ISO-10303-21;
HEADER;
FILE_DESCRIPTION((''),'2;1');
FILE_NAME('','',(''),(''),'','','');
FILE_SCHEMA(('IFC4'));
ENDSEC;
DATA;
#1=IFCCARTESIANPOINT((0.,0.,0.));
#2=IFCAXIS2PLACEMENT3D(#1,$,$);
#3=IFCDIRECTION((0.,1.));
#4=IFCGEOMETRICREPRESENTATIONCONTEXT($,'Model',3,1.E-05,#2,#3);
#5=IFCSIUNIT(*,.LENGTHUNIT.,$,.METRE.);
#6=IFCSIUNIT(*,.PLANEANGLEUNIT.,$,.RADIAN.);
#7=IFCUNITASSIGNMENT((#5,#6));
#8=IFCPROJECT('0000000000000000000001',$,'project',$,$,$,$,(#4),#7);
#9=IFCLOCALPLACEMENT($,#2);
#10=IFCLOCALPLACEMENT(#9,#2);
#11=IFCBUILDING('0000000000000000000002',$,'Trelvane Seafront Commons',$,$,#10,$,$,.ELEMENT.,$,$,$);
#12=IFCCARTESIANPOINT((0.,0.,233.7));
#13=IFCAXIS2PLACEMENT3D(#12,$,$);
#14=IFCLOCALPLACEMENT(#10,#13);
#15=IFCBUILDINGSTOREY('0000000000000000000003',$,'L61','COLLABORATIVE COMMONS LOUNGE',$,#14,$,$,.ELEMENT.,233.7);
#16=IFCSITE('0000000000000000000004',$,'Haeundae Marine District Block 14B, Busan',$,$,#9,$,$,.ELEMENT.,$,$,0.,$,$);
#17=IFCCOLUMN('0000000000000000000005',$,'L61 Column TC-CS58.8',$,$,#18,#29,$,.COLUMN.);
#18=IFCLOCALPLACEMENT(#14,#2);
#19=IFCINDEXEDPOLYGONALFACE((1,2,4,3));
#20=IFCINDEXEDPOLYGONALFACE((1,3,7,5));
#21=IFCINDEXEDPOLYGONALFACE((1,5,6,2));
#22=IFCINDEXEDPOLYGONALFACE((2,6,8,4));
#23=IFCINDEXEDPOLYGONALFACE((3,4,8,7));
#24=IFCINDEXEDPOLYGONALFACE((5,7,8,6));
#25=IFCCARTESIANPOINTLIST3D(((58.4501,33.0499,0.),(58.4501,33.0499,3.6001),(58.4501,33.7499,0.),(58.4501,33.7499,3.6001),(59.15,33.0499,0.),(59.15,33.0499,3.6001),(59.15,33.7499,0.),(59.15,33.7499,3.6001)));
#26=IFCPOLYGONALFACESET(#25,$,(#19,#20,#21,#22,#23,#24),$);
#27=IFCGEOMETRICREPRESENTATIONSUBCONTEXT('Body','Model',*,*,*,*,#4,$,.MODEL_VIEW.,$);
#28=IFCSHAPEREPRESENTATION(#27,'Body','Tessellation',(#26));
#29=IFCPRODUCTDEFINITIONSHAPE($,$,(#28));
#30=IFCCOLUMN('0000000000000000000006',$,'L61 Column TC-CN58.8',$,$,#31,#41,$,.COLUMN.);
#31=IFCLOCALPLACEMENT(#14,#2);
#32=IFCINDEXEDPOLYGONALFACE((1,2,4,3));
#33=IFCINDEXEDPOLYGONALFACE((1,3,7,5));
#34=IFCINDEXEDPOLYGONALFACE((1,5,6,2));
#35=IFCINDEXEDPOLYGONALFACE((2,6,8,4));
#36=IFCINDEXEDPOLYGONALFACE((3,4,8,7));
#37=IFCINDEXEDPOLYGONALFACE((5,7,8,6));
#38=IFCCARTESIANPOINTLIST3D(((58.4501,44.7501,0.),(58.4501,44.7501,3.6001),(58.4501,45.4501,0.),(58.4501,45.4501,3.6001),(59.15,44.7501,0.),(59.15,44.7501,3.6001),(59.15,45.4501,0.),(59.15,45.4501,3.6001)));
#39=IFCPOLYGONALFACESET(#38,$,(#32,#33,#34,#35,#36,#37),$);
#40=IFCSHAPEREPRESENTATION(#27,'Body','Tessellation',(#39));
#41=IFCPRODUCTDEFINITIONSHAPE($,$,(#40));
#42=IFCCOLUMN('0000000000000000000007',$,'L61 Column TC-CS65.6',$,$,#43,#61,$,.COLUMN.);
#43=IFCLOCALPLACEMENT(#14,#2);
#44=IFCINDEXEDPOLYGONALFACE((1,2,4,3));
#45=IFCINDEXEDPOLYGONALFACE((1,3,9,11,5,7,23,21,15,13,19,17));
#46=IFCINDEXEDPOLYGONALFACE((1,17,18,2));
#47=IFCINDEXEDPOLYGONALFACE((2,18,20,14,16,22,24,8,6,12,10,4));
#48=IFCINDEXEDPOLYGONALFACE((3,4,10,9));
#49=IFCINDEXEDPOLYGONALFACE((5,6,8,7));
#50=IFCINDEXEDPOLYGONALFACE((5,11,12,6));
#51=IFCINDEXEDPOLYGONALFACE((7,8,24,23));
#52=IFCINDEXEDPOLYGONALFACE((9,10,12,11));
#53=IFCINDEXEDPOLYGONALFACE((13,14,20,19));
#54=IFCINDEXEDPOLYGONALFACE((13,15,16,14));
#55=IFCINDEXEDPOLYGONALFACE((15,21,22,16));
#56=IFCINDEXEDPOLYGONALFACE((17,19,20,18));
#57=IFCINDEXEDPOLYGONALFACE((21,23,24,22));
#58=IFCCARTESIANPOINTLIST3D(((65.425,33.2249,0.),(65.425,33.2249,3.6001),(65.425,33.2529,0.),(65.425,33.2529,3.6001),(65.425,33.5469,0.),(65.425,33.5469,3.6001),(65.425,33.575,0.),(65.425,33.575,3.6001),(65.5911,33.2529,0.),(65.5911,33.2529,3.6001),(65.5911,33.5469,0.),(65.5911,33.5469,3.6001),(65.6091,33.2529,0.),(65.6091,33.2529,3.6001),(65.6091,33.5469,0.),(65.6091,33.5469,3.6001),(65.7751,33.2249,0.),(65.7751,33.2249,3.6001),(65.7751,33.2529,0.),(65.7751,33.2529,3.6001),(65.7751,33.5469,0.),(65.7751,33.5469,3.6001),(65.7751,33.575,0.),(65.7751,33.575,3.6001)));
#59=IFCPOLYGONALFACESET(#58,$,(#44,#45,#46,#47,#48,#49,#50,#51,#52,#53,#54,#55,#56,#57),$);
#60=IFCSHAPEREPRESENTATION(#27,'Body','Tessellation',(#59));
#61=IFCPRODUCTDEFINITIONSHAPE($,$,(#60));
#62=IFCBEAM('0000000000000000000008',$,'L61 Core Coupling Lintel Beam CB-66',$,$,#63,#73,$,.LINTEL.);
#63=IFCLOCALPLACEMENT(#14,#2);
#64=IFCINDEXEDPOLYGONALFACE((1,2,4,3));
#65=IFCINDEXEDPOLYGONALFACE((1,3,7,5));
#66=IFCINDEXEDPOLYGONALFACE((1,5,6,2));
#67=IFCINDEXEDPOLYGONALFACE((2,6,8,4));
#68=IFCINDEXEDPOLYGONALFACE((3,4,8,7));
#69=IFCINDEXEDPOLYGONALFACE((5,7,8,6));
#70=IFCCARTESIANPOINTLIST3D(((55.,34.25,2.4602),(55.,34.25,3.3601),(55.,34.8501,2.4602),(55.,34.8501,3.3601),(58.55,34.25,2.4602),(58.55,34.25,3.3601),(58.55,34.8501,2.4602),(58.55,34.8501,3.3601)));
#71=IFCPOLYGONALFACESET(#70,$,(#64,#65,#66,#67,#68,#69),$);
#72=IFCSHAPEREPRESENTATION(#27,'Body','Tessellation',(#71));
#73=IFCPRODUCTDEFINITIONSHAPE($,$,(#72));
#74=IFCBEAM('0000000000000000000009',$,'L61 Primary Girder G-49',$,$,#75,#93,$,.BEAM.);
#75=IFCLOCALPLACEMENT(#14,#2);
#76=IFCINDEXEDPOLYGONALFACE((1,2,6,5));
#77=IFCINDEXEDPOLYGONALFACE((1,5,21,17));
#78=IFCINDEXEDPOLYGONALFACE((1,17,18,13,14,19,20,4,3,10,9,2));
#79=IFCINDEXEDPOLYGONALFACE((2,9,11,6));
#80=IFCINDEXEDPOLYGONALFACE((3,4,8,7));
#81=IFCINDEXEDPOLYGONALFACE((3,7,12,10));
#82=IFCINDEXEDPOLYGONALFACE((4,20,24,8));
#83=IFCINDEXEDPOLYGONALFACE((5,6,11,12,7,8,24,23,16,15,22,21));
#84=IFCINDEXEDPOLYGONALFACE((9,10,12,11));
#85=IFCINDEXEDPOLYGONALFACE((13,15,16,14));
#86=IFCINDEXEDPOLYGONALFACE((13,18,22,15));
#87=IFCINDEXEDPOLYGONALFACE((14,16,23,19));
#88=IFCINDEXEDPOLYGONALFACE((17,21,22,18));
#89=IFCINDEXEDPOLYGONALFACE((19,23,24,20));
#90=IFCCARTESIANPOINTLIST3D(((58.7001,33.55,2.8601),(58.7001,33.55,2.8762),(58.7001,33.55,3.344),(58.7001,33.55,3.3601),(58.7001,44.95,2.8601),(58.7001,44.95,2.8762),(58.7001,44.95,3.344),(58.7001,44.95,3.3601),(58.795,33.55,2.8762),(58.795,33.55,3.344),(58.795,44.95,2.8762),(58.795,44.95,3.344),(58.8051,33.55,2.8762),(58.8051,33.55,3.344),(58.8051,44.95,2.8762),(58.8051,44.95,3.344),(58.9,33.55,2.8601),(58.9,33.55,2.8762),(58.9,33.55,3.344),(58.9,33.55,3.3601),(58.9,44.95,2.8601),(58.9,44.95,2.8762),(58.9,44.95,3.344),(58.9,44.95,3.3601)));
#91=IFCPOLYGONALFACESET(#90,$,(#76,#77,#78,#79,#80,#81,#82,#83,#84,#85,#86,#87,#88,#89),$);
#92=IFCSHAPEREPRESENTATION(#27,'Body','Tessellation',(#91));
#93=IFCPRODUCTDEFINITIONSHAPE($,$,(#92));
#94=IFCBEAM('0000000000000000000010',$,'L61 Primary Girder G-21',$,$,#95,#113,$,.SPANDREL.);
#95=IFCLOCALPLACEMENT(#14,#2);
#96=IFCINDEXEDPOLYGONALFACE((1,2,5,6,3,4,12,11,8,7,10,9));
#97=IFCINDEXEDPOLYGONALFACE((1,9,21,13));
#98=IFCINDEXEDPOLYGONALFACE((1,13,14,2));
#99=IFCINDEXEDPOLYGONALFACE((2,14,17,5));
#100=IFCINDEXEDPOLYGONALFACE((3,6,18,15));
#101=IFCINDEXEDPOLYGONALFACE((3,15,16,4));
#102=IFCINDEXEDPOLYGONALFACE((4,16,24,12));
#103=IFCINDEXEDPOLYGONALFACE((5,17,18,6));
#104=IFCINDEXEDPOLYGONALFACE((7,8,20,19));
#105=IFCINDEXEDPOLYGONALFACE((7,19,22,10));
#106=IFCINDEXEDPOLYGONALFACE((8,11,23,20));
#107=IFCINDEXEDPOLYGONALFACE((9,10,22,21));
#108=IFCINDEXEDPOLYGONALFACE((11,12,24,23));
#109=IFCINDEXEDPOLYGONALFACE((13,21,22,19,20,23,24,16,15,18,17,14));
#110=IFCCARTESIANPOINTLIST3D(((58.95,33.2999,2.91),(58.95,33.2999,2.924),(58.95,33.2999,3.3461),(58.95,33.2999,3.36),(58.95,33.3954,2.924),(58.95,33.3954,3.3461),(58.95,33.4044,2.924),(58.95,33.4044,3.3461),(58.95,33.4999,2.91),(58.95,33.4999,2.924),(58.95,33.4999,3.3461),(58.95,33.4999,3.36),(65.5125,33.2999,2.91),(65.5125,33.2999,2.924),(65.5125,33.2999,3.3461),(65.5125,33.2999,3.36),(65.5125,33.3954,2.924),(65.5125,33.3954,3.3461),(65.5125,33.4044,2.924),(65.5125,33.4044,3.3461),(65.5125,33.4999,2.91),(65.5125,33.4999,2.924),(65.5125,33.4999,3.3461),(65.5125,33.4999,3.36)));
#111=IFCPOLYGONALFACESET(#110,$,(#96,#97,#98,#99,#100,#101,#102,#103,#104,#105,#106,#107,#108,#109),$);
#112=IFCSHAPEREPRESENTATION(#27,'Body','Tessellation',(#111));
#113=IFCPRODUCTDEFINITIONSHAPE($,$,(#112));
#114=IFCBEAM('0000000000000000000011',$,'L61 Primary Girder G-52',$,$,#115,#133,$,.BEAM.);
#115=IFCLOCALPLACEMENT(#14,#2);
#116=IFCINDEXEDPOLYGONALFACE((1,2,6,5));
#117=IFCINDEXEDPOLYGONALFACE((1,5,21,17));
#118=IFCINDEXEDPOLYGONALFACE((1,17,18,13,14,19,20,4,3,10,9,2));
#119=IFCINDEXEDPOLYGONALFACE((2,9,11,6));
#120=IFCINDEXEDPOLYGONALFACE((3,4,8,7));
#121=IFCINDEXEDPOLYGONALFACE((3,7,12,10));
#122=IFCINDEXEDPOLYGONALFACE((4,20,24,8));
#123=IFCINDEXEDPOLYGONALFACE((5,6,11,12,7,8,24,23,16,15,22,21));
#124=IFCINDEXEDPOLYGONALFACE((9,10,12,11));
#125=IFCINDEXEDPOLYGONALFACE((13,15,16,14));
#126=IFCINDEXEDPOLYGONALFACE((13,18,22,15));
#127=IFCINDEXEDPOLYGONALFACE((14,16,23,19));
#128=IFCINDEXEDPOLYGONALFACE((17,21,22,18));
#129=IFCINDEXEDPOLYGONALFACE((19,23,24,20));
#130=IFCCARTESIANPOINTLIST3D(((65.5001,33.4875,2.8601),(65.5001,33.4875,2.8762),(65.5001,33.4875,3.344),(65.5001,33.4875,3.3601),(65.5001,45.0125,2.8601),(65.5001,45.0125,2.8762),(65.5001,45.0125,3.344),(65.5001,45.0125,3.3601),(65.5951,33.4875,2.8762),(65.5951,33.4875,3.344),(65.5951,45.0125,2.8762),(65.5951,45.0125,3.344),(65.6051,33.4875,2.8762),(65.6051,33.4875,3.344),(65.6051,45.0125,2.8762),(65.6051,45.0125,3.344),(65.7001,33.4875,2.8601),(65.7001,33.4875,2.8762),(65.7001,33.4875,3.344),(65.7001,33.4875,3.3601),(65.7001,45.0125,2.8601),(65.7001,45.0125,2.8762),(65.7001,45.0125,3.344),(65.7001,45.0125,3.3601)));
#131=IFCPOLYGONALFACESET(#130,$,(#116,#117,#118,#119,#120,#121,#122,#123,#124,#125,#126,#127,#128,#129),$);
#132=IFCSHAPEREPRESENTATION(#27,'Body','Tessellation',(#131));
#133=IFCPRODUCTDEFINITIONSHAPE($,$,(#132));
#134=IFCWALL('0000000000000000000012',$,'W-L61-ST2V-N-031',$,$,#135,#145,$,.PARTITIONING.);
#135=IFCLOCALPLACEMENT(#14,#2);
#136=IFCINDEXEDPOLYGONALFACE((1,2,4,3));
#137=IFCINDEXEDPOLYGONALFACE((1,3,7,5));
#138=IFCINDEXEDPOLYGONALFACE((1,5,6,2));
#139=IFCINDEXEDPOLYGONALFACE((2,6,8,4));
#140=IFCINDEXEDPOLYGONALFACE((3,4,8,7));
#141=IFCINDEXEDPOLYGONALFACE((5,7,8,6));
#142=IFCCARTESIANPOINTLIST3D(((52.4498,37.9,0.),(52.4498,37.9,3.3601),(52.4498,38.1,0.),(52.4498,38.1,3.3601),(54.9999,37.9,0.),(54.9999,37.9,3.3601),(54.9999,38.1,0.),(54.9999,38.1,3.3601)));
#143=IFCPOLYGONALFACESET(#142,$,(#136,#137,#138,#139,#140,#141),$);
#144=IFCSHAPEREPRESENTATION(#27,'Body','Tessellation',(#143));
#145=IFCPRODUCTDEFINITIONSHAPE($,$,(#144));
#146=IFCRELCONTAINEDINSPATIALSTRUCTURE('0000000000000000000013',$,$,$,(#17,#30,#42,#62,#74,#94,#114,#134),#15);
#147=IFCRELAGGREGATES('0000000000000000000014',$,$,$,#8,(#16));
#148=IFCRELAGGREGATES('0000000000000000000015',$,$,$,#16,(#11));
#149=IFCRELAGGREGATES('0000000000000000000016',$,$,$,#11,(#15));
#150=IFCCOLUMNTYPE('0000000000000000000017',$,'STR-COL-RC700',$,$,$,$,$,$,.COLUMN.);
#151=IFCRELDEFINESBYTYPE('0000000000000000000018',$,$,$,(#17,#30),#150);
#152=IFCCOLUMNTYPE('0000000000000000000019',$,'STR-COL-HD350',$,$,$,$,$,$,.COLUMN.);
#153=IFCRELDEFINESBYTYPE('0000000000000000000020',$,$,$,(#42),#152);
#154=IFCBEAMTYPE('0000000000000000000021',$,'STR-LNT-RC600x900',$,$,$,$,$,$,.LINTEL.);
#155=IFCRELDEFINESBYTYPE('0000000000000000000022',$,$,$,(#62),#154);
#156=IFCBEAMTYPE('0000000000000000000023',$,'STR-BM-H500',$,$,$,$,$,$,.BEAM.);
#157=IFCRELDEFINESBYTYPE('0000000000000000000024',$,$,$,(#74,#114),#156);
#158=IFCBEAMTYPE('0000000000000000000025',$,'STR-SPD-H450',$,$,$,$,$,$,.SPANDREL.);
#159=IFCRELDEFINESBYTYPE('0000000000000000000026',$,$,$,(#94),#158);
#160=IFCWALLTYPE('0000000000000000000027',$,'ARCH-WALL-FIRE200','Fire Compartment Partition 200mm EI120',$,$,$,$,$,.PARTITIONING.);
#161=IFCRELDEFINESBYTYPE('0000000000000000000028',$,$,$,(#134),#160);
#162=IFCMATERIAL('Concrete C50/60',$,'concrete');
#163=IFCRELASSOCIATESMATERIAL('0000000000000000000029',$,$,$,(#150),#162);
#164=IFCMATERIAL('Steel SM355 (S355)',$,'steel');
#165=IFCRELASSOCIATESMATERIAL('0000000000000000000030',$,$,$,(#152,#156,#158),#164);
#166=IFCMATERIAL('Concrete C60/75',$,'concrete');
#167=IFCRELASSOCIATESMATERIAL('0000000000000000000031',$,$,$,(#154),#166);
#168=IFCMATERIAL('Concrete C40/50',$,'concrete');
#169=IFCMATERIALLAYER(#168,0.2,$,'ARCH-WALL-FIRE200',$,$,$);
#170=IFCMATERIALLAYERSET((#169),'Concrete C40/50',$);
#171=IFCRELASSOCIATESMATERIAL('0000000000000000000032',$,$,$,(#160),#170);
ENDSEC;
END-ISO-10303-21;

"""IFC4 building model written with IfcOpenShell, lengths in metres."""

from ifc_helpers import new_model, si_unit, direction, frame, frame_2d, origin, origin_2d, place, context, subcontext, project, spatial, rectangle, i_section, extrude, source, transform, mapped, material, layer, layer_set, material_profile, profile_set, type_object, element, save


model = new_model("IFC4")

# Units and contexts
model_context = context("Model", 3, precision=1e-05, world=origin(), true_north=direction((0.0, 1.0)))
body_context = subcontext(model_context, "Body", "Model", "MODEL_VIEW")
ifc_project = project(units=[si_unit("LENGTHUNIT", "METRE"), si_unit("PLANEANGLEUNIT", "RADIAN")], contexts=[model_context])

# Site, building, storey
site_placement = place(None, origin())
site = spatial("IfcSite", under=ifc_project, at=site_placement, Name="Haeundae Marine District Block 14B, Busan", CompositionType="ELEMENT", RefElevation=0.0)
building_placement = place(site_placement, origin())
building = spatial("IfcBuilding", under=site, at=building_placement, Name="Trelvane Seafront Commons", CompositionType="ELEMENT")
storey_placement = place(building_placement, frame((0.0, 0.0, 233.7)))
storey = spatial("IfcBuildingStorey", under=building, at=storey_placement, Name="L61", Description="COLLABORATIVE COMMONS LOUNGE", CompositionType="ELEMENT", Elevation=233.7)

# Columns
ifc_material_1 = material(Name="Concrete C50/60", Category="concrete")
ifc_material_profile_1 = material_profile(ifc_material_1, rectangle(XDim=0.7, YDim=0.7, at=origin_2d()), Name="RC-700x700")
ifc_profile_set_1 = profile_set([ifc_material_profile_1], Name="Concrete C50/60")
column_type_1 = type_object("IfcColumnType", Name="STR-COL-RC700", PredefinedType="COLUMN", material=ifc_profile_set_1)
shared_shape_1 = source(origin(), body_context, "Body", "SweptSolid", [
    extrude(rectangle(XDim=0.7, YDim=0.7, at=origin_2d()), origin(), (0.0, 0.0, 1.0), 3.6001),
])
for number, where, z_axis, x_axis, name in (
    (1, (58.8, 33.3999, 0.0), (0.0, 0.0, 1.0), (1.0, 0.0, 0.0), "L61 Column TC-CS58.8"),
    (2, (58.8, 45.1001, 0.0), (0.0, 0.0, 1.0), (1.0, 0.0, 0.0), "L61 Column TC-CN58.8"),
):
    element("IfcColumn", number, at=place(storey_placement, frame(where, z_axis=z_axis, x_axis=x_axis)), inside=storey, type_object=column_type_1, Name=name, PredefinedType="COLUMN", context=body_context, shape_type="MappedRepresentation", body=[
        mapped(shared_shape_1, transform((0.0, 0.0, 0.0), x_axis=(1.0, 0.0, 0.0), y_axis=(0.0, 1.0, 0.0), z_axis=(0.0, 0.0, 1.0), scale=1.0)),
    ])
ifc_material_2 = material(Name="Steel SM355 (S355)", Category="steel")
ifc_material_profile_2 = material_profile(ifc_material_2, i_section(OverallWidth=0.3501, OverallDepth=0.3501, WebThickness=0.0181, FlangeThickness=0.0281, at=origin_2d()), Name="HD-350x350x18x28")
ifc_profile_set_2 = profile_set([ifc_material_profile_2], Name="Steel SM355 (S355)")
column_type_2 = type_object("IfcColumnType", Name="STR-COL-HD350", PredefinedType="COLUMN", material=ifc_profile_set_2)
shared_shape_2 = source(origin(), body_context, "Body", "SweptSolid", [
    extrude(i_section(OverallWidth=0.3501, OverallDepth=0.3501, WebThickness=0.0181, FlangeThickness=0.0281, at=origin_2d()), origin(), (0.0, 0.0, 1.0), 3.6001),
])
column_placement = place(storey_placement, frame((65.6001, 33.3999, 0.0), z_axis=(0.0, 0.0, 1.0), x_axis=(1.0, 0.0, 0.0)))
element("IfcColumn", 3, at=column_placement, inside=storey, type_object=column_type_2, Name="L61 Column TC-CS65.6", PredefinedType="COLUMN", context=body_context, shape_type="MappedRepresentation", body=[
    mapped(shared_shape_2, transform((0.0, 0.0, 0.0), x_axis=(1.0, 0.0, 0.0), y_axis=(0.0, 1.0, 0.0), z_axis=(0.0, 0.0, 1.0), scale=1.0)),
])

# Beams
ifc_material_3 = material(Name="Concrete C60/75", Category="concrete")
ifc_material_profile_3 = material_profile(ifc_material_3, rectangle(XDim=0.6001, YDim=0.8999, at=origin_2d()), Name="RC-600x900")
ifc_profile_set_3 = profile_set([ifc_material_profile_3], Name="Concrete C60/75")
beam_type_1 = type_object("IfcBeamType", Name="STR-LNT-RC600x900", PredefinedType="LINTEL", material=ifc_profile_set_3)
shared_shape_3 = source(origin(), body_context, "Body", "SweptSolid", [
    extrude(rectangle(XDim=0.6001, YDim=0.8999, at=origin_2d()), origin(), (0.0, 0.0, 1.0), 3.55),
])
beam_1_placement = place(storey_placement, frame((55.0, 34.55, 2.9102), z_axis=(1.0, 0.0, 0.0), x_axis=(0.0, 1.0, 0.0)))
element("IfcBeam", 4, at=beam_1_placement, inside=storey, type_object=beam_type_1, Name="L61 Core Coupling Lintel Beam CB-66", PredefinedType="LINTEL", context=body_context, shape_type="MappedRepresentation", body=[
    mapped(shared_shape_3, transform((0.0, 0.0, 0.0), x_axis=(1.0, 0.0, 0.0), y_axis=(0.0, 1.0, 0.0), z_axis=(0.0, 0.0, 1.0), scale=1.0)),
])
ifc_material_profile_4 = material_profile(ifc_material_2, i_section(OverallWidth=0.2, OverallDepth=0.5, WebThickness=0.01, FlangeThickness=0.0161, at=origin_2d()), Name="H-500x200x10x16")
ifc_profile_set_4 = profile_set([ifc_material_profile_4], Name="Steel SM355 (S355)")
beam_type_2 = type_object("IfcBeamType", Name="STR-BM-H500", PredefinedType="BEAM", material=ifc_profile_set_4)
shared_shape_4 = source(origin(), body_context, "Body", "SweptSolid", [
    extrude(i_section(OverallWidth=0.2, OverallDepth=0.5, WebThickness=0.01, FlangeThickness=0.0161, at=origin_2d()), origin(), (0.0, 0.0, 1.0), 11.3999),
])
beam_2_placement = place(storey_placement, frame((58.8, 33.55, 3.1101), z_axis=(0.0, 1.0, 0.0), x_axis=(-1.0, 0.0, 0.0)))
element("IfcBeam", 5, at=beam_2_placement, inside=storey, type_object=beam_type_2, Name="L61 Primary Girder G-49", PredefinedType="BEAM", context=body_context, shape_type="MappedRepresentation", body=[
    mapped(shared_shape_4, transform((0.0, 0.0, 0.0), x_axis=(1.0, 0.0, 0.0), y_axis=(0.0, 1.0, 0.0), z_axis=(0.0, 0.0, 1.0), scale=1.0)),
])
ifc_material_profile_5 = material_profile(ifc_material_2, i_section(OverallWidth=0.2, OverallDepth=0.45, WebThickness=0.009, FlangeThickness=0.0139, at=origin_2d()), Name="H-450x200x9x14")
ifc_profile_set_5 = profile_set([ifc_material_profile_5], Name="Steel SM355 (S355)")
beam_type_3 = type_object("IfcBeamType", Name="STR-SPD-H450", PredefinedType="SPANDREL", material=ifc_profile_set_5)
shared_shape_5 = source(origin(), body_context, "Body", "SweptSolid", [
    extrude(i_section(OverallWidth=0.2, OverallDepth=0.45, WebThickness=0.009, FlangeThickness=0.0139, at=origin_2d()), origin(), (0.0, 0.0, 1.0), 6.5625),
])
beam_3_placement = place(storey_placement, frame((58.95, 33.3999, 3.135), z_axis=(1.0, 0.0, 0.0), x_axis=(0.0, 1.0, 0.0)))
element("IfcBeam", 6, at=beam_3_placement, inside=storey, type_object=beam_type_3, Name="L61 Primary Girder G-21", PredefinedType="SPANDREL", context=body_context, shape_type="MappedRepresentation", body=[
    mapped(shared_shape_5, transform((0.0, 0.0, 0.0), x_axis=(1.0, 0.0, 0.0), y_axis=(0.0, 1.0, 0.0), z_axis=(0.0, 0.0, 1.0), scale=1.0)),
])
shared_shape_6 = source(origin(), body_context, "Body", "SweptSolid", [
    extrude(i_section(OverallWidth=0.2, OverallDepth=0.5, WebThickness=0.01, FlangeThickness=0.0161, at=origin_2d()), origin(), (0.0, 0.0, 1.0), 11.5249),
])
beam_4_placement = place(storey_placement, frame((65.6001, 33.4875, 3.1101), z_axis=(0.0, 1.0, 0.0), x_axis=(-1.0, 0.0, 0.0)))
element("IfcBeam", 7, at=beam_4_placement, inside=storey, type_object=beam_type_2, Name="L61 Primary Girder G-52", PredefinedType="BEAM", context=body_context, shape_type="MappedRepresentation", body=[
    mapped(shared_shape_6, transform((0.0, 0.0, 0.0), x_axis=(1.0, 0.0, 0.0), y_axis=(0.0, 1.0, 0.0), z_axis=(0.0, 0.0, 1.0), scale=1.0)),
])

# Wall
ifc_material_4 = material(Name="Concrete C40/50", Category="concrete")
ifc_layer_1 = layer(ifc_material_4, 0.2, Name="ARCH-WALL-FIRE200")
ifc_layer_set_1 = layer_set([ifc_layer_1], Name="Concrete C40/50")
wall_type_1 = type_object("IfcWallType", Name="ARCH-WALL-FIRE200", Description="Fire Compartment Partition 200mm EI120", PredefinedType="PARTITIONING", material=ifc_layer_set_1)
wall_1_placement = place(storey_placement, frame((52.45, 38.0, 0.0), z_axis=(0.0, 0.0, 1.0), x_axis=(1.0, 0.0, 0.0)))
element("IfcWall", 8, at=wall_1_placement, inside=storey, type_object=wall_type_1, Name="W-L61-ST2V-N-031", PredefinedType="PARTITIONING", context=body_context, shape_type="SweptSolid", body=[
    extrude(rectangle(XDim=2.55, YDim=0.2, at=frame_2d((1.2749, 0.0))), origin(), (0.0, 0.0, 1.0), 3.3601),
])

save(model, "model.ifc")
